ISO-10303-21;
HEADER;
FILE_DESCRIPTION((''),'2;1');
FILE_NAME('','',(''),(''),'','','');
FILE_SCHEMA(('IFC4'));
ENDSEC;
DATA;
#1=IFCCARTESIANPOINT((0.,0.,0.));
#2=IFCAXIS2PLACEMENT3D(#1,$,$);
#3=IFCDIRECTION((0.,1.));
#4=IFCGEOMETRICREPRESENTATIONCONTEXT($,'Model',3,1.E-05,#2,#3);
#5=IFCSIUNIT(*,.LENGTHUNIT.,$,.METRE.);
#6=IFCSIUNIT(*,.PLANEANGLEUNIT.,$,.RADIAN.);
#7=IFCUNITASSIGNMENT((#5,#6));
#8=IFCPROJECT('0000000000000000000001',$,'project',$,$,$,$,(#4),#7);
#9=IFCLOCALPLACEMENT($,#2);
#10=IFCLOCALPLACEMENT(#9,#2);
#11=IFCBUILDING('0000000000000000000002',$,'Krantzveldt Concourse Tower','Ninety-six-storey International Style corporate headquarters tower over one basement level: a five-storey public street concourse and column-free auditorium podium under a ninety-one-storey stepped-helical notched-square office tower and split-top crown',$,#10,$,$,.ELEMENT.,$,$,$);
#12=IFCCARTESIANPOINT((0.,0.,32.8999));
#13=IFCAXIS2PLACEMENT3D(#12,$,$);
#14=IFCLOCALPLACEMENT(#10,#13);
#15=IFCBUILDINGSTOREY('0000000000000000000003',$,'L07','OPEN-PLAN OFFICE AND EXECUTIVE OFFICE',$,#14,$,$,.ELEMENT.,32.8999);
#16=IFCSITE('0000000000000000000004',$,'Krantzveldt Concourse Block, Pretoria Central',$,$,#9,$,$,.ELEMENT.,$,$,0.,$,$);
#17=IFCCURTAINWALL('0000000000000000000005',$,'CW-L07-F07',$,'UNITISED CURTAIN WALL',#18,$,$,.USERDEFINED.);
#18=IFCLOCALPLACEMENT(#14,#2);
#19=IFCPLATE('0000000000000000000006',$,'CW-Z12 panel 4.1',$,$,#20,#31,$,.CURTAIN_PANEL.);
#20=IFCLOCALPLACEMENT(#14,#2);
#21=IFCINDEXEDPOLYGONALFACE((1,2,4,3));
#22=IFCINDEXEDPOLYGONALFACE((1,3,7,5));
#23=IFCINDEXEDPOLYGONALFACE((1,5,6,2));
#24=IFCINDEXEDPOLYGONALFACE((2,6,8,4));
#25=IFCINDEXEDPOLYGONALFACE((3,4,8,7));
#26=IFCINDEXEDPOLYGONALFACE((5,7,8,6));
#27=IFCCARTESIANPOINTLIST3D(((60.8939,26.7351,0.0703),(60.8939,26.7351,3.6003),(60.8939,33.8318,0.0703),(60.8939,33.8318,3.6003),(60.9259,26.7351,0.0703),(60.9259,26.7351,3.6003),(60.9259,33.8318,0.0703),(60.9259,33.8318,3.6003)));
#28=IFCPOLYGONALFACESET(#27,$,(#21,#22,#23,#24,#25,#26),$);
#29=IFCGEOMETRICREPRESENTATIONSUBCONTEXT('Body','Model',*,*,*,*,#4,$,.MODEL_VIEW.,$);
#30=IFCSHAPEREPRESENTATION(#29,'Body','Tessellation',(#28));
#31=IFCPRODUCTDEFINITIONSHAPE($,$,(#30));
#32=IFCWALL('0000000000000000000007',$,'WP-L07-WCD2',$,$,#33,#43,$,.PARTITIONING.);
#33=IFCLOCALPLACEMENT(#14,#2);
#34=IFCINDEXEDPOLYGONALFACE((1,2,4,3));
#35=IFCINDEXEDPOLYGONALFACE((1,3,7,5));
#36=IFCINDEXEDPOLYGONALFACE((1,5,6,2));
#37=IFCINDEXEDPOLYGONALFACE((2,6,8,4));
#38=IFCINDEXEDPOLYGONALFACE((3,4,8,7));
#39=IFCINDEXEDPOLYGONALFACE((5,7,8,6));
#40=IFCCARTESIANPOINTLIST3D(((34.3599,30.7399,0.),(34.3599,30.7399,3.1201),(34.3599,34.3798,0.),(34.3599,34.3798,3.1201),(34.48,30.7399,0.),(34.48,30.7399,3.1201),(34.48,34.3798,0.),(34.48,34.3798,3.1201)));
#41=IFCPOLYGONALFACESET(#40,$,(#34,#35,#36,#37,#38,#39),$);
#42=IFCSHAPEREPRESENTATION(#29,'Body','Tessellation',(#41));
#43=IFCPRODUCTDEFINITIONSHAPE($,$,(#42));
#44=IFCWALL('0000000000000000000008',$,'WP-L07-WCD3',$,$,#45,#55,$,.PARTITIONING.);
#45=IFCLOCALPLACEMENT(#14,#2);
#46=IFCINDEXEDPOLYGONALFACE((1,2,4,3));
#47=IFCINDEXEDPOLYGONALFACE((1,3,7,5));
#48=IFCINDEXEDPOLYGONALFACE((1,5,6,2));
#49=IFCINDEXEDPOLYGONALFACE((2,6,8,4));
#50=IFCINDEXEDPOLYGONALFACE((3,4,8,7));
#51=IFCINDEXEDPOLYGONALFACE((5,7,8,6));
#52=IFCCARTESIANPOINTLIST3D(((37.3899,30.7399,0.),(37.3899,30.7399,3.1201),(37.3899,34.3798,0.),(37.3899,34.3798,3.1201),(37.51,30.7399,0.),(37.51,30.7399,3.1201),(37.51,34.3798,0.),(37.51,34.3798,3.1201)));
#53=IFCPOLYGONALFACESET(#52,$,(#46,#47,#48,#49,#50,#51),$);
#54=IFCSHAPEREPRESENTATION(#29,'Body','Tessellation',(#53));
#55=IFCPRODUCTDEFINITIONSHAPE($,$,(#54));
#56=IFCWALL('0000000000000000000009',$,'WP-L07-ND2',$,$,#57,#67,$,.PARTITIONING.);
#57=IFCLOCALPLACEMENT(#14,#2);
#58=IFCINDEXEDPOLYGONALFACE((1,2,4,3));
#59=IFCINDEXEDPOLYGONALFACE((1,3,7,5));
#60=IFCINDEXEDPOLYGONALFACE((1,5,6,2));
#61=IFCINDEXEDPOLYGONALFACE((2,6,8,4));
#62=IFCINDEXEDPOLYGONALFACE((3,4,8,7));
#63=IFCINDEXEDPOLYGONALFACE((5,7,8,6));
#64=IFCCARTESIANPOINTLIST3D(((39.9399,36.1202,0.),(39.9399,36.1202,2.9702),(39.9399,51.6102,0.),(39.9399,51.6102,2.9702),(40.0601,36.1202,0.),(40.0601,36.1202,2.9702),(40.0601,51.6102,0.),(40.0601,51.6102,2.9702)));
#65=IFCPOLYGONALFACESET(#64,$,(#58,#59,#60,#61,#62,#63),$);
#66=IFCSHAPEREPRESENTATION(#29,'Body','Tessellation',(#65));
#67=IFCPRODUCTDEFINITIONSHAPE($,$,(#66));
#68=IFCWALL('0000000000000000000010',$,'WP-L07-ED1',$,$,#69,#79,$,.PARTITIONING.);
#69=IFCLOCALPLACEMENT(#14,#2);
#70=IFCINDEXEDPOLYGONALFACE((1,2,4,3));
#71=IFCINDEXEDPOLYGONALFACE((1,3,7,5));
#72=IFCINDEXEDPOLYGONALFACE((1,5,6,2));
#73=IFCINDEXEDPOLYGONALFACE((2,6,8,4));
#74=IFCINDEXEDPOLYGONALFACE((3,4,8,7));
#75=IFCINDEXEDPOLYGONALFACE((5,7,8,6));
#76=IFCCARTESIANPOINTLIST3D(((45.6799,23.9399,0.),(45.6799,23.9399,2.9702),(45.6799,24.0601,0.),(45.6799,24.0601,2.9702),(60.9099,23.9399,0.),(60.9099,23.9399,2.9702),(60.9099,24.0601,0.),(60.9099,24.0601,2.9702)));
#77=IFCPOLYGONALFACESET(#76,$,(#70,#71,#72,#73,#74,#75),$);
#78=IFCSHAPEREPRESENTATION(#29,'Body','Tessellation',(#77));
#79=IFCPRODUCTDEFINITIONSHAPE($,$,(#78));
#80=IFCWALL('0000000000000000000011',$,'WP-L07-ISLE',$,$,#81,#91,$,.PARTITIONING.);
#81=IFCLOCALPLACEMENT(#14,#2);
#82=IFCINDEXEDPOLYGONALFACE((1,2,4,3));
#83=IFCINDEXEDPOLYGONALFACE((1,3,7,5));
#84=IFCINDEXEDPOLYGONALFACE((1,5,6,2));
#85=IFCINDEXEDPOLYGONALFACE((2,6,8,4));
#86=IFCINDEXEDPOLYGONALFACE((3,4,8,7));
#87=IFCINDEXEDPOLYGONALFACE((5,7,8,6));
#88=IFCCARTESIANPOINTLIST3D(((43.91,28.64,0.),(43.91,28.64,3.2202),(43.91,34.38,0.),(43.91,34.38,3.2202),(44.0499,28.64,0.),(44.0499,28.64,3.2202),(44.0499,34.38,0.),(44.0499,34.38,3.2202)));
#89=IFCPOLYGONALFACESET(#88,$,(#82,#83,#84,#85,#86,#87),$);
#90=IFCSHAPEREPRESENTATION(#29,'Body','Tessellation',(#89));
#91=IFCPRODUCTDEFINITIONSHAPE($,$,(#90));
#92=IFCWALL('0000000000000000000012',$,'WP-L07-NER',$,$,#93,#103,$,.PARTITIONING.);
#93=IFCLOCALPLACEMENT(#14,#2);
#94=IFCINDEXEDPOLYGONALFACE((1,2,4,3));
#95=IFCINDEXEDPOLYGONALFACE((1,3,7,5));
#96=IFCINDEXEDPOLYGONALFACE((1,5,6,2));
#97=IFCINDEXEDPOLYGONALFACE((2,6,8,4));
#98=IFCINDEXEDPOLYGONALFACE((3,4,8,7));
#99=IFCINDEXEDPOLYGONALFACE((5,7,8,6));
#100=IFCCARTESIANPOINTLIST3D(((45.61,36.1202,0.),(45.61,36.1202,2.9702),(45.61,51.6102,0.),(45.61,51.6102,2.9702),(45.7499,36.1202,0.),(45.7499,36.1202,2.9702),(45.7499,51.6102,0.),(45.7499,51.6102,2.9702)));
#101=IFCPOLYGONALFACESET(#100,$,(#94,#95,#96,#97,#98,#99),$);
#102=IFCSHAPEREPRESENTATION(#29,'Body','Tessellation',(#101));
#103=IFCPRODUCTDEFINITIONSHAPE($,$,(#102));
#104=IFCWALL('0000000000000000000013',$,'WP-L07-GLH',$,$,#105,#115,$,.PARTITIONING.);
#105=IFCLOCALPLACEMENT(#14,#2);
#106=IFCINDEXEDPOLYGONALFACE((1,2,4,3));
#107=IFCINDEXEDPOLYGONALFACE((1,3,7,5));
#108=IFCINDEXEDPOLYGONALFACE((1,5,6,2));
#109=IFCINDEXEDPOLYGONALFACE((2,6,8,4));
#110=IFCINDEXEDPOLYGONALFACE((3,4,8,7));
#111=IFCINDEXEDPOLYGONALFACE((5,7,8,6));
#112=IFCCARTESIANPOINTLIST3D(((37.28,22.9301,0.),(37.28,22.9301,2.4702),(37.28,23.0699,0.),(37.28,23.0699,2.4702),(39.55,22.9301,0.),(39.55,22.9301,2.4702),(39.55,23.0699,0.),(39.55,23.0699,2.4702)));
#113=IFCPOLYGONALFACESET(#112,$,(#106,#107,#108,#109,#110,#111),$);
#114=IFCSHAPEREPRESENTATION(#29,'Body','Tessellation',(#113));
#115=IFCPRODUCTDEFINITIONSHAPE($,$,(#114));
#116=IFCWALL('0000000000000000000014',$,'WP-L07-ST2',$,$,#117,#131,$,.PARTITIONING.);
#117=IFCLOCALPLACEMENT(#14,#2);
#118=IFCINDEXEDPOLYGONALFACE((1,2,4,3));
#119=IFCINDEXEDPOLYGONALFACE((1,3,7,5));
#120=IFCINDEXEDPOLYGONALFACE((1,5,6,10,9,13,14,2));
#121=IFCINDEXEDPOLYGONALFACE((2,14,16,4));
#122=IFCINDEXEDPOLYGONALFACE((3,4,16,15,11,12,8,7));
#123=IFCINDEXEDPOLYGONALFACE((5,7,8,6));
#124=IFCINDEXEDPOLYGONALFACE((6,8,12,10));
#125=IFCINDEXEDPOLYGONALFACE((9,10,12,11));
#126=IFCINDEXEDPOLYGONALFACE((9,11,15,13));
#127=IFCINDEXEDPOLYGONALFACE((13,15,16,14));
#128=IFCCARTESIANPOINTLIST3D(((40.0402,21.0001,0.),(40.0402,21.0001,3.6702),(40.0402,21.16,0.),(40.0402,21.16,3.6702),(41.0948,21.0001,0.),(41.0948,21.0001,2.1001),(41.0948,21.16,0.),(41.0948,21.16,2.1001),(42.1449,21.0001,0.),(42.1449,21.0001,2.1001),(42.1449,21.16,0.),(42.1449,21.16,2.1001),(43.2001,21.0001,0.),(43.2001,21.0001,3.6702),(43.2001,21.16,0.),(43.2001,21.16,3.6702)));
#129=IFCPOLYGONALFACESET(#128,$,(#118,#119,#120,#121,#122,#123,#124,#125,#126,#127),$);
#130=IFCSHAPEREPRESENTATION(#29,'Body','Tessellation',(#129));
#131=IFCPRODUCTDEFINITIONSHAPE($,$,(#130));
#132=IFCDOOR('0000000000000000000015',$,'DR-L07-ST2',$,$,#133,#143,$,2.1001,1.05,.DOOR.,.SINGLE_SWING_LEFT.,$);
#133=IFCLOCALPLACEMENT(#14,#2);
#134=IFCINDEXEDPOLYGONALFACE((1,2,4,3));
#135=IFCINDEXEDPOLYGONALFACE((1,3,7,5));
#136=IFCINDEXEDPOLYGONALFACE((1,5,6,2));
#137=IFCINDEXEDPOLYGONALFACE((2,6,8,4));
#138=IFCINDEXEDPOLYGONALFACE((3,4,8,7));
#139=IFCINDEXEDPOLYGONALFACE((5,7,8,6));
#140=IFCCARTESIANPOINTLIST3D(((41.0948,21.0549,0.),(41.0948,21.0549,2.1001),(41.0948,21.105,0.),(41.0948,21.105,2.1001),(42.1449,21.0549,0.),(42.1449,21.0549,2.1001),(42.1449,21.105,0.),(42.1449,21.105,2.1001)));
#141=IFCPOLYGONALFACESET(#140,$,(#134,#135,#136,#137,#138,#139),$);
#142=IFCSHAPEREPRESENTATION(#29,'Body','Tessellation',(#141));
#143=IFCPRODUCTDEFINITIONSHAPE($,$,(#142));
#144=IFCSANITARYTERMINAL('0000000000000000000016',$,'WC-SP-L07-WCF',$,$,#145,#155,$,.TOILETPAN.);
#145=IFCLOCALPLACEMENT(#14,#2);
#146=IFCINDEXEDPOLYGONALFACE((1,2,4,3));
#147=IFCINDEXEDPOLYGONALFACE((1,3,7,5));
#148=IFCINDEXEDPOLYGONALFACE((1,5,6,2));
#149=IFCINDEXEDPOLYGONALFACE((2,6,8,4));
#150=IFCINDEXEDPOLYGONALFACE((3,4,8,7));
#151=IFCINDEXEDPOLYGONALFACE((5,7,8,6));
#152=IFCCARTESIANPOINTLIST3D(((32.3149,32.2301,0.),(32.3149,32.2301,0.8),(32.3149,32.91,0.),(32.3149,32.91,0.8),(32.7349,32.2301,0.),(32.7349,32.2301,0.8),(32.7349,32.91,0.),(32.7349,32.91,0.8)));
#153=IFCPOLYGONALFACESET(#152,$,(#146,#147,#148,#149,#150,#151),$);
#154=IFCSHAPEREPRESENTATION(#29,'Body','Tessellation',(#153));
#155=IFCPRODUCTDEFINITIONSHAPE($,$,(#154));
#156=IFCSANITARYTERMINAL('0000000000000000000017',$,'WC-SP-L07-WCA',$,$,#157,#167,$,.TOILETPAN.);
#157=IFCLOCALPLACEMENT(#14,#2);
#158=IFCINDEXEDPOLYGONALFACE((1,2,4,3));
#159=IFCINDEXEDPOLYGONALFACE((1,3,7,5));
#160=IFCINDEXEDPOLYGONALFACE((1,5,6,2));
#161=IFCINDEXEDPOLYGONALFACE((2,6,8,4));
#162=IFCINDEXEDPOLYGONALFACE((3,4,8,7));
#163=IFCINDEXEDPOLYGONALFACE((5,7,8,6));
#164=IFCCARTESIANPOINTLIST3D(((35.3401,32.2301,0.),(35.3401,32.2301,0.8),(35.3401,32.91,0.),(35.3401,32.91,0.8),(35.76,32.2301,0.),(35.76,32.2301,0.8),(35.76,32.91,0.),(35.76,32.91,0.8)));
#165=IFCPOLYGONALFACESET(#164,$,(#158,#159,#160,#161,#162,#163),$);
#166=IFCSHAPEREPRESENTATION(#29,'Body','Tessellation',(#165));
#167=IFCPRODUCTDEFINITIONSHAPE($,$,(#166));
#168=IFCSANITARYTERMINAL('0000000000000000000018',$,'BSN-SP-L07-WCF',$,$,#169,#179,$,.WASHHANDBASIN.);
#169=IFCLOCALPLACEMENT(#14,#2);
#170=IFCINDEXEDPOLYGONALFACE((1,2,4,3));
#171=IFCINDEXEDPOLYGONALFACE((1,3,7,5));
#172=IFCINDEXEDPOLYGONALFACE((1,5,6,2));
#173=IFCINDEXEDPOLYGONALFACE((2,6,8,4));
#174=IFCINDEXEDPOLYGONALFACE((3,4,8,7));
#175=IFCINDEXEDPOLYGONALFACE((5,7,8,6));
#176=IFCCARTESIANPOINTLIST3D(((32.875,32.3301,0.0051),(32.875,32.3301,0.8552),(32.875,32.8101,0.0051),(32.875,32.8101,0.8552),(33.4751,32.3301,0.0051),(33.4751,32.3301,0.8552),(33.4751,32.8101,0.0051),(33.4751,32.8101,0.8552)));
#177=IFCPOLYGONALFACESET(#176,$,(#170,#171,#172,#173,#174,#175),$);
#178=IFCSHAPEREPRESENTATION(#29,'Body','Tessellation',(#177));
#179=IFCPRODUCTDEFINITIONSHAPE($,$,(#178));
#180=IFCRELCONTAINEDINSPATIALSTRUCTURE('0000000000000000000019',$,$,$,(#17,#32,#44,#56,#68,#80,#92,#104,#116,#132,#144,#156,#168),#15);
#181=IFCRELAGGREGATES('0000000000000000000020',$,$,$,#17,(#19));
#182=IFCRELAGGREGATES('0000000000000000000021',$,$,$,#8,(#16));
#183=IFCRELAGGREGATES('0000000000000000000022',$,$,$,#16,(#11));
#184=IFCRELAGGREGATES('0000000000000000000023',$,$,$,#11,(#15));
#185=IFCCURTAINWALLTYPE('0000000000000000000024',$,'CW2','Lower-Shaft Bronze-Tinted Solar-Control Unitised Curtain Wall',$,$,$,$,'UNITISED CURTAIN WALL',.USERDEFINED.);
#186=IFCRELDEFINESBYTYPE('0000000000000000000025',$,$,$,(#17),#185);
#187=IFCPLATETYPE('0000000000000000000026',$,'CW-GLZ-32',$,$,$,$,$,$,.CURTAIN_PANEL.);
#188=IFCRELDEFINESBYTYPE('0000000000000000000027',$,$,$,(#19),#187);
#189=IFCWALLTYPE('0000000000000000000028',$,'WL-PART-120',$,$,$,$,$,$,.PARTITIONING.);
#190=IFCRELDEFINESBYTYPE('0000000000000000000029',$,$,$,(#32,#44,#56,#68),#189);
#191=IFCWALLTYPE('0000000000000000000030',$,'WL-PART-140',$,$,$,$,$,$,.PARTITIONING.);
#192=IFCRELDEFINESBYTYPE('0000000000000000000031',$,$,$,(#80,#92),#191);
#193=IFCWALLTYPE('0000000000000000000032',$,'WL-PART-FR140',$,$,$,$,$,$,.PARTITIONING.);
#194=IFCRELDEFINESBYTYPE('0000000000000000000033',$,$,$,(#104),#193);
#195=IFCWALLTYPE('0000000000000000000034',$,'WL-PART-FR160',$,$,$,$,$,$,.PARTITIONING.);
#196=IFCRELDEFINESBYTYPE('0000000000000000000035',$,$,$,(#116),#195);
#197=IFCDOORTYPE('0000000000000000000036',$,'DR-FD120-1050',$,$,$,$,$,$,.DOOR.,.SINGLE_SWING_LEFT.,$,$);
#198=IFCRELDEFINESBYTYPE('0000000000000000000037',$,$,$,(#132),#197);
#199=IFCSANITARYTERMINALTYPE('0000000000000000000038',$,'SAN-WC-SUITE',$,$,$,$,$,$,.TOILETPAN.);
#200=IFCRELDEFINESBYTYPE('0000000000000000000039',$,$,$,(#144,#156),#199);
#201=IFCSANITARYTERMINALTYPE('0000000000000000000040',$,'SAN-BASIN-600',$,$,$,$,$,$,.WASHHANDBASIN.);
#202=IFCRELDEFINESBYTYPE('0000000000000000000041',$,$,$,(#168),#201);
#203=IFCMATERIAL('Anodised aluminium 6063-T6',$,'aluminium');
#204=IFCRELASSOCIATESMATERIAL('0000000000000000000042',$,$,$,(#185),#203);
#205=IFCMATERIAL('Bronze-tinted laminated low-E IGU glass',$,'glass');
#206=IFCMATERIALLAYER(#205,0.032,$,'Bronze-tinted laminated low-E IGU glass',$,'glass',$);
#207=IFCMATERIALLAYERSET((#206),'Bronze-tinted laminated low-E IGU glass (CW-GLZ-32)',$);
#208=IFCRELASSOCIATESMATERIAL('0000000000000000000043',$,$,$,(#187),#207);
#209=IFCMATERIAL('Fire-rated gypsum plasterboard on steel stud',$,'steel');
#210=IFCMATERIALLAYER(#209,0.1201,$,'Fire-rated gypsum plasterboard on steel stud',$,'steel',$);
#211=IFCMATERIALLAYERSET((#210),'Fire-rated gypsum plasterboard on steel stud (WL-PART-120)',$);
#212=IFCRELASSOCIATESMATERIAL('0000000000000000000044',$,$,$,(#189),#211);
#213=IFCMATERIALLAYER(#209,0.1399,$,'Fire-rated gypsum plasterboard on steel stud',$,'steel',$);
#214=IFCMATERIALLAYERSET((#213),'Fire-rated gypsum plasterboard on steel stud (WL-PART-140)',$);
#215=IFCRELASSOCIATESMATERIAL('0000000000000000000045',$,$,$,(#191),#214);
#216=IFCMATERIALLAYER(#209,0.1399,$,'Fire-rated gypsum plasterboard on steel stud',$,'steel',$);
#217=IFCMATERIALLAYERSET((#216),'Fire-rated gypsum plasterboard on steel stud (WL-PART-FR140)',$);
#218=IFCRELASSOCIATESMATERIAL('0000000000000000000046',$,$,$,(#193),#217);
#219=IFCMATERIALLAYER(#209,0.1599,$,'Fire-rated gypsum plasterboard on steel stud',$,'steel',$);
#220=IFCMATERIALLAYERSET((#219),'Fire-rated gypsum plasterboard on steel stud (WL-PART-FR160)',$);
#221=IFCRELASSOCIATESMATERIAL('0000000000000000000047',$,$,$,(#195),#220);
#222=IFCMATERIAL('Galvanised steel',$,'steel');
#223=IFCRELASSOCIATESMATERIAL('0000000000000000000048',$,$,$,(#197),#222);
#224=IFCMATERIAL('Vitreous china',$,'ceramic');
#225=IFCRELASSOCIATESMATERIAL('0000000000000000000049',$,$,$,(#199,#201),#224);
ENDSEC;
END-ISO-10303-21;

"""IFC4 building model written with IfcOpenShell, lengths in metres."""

from ifc_helpers import new_model, si_unit, direction, frame, frame_2d, origin, origin_2d, place, context, subcontext, project, spatial, rectangle, extrude, source, transform, mapped, material, layer, layer_set, type_object, type_shapes, element, fill, aggregate, save


model = new_model("IFC4")

# Units and contexts
model_context = context("Model", 3, precision=1e-05, world=origin(), true_north=direction((0.0, 1.0)))
body_context = subcontext(model_context, "Body", "Model", "MODEL_VIEW")
ifc_project = project(units=[si_unit("LENGTHUNIT", "METRE"), si_unit("PLANEANGLEUNIT", "RADIAN")], contexts=[model_context])

# Site, building, storey
site_placement = place(None, origin())
site = spatial("IfcSite", under=ifc_project, at=site_placement, Name="Krantzveldt Concourse Block, Pretoria Central", CompositionType="ELEMENT", RefElevation=0.0)
building_placement = place(site_placement, origin())
building = spatial("IfcBuilding", under=site, at=building_placement, Name="Krantzveldt Concourse Tower", Description="Ninety-six-storey International Style corporate headquarters tower over one basement level: a five-storey public street concourse and column-free auditorium podium under a ninety-one-storey stepped-helical notched-square office tower and split-top crown", CompositionType="ELEMENT")
storey_placement = place(building_placement, frame((0.0, 0.0, 32.8999)))
storey = spatial("IfcBuildingStorey", under=building, at=storey_placement, Name="L07", Description="OPEN-PLAN OFFICE AND EXECUTIVE OFFICE", CompositionType="ELEMENT", Elevation=32.8999)

# Curtain wall, plate
ifc_material_1 = material(Name="Anodised aluminium 6063-T6", Category="aluminium")
curtain_wall_type = type_object("IfcCurtainWallType", Name="CW2", Description="Lower-Shaft Bronze-Tinted Solar-Control Unitised Curtain Wall", ElementType="UNITISED CURTAIN WALL", PredefinedType="USERDEFINED", material=ifc_material_1)
curtain_wall_placement = place(storey_placement, origin())
curtain_wall = element("IfcCurtainWall", 1, at=curtain_wall_placement, inside=storey, type_object=curtain_wall_type, Name="CW-L07-F07", ObjectType="UNITISED CURTAIN WALL", PredefinedType="USERDEFINED")
ifc_material_2 = material(Name="Bronze-tinted laminated low-E IGU glass", Category="glass")
ifc_layer_1 = layer(ifc_material_2, 0.032, Name="Bronze-tinted laminated low-E IGU glass", Category="glass")
ifc_layer_set_1 = layer_set([ifc_layer_1], Name="Bronze-tinted laminated low-E IGU glass (CW-GLZ-32)")
plate_type = type_object("IfcPlateType", Name="CW-GLZ-32", PredefinedType="CURTAIN_PANEL", material=ifc_layer_set_1)
shared_shape_1 = source(origin(), body_context, "Body", "SweptSolid", [
    extrude(rectangle(XDim=7.0967, YDim=0.032, at=origin_2d()), origin(), (0.0, 0.0, 1.0), 3.53),
])
type_shapes(plate_type, [shared_shape_1])
plate_1_placement = place(storey_placement, frame((60.9099, 30.2834, 0.0703), z_axis=(0.0, 0.0, 1.0), x_axis=(0.0, 1.0, 0.0)))
plate_1 = element("IfcPlate", 2, at=plate_1_placement, type_object=plate_type, Name="CW-Z12 panel 4.1", PredefinedType="CURTAIN_PANEL", context=body_context, shape_type="MappedRepresentation", body=[
    mapped(shared_shape_1, transform((0.0, 0.0, 0.0), x_axis=(1.0, 0.0, 0.0), y_axis=(0.0, 1.0, 0.0), z_axis=(0.0, 0.0, 1.0), scale=1.0)),
])
aggregate(curtain_wall, [plate_1])

# Walls
ifc_material_3 = material(Name="Fire-rated gypsum plasterboard on steel stud", Category="steel")
ifc_layer_2 = layer(ifc_material_3, 0.1201, Name="Fire-rated gypsum plasterboard on steel stud", Category="steel")
ifc_layer_set_2 = layer_set([ifc_layer_2], Name="Fire-rated gypsum plasterboard on steel stud (WL-PART-120)")
wall_type_1 = type_object("IfcWallType", Name="WL-PART-120", PredefinedType="PARTITIONING", material=ifc_layer_set_2)
for number, where, z_axis, x_axis, name in (
    (3, (34.4199, 30.74, 0.0), (0.0, 0.0, 1.0), (0.0, 1.0, 0.0), "WP-L07-WCD2"),
    (4, (37.45, 30.74, 0.0), (0.0, 0.0, 1.0), (0.0, 1.0, 0.0), "WP-L07-WCD3"),
):
    element("IfcWall", number, at=place(storey_placement, frame(where, z_axis=z_axis, x_axis=x_axis)), inside=storey, type_object=wall_type_1, Name=name, PredefinedType="PARTITIONING", context=body_context, shape_type="SweptSolid", body=[
        extrude(rectangle(XDim=3.6399, YDim=0.1201, at=frame_2d((1.8198, 0.0))), origin(), (0.0, 0.0, 1.0), 3.1201),
    ])
wall_1_placement = place(storey_placement, frame((40.0, 36.1201, 0.0), z_axis=(0.0, 0.0, 1.0), x_axis=(0.0, 1.0, 0.0)))
element("IfcWall", 5, at=wall_1_placement, inside=storey, type_object=wall_type_1, Name="WP-L07-ND2", PredefinedType="PARTITIONING", context=body_context, shape_type="SweptSolid", body=[
    extrude(rectangle(XDim=15.49, YDim=0.1201, at=frame_2d((7.7451, 0.0))), origin(), (0.0, 0.0, 1.0), 2.9702),
])
wall_2_placement = place(storey_placement, frame((45.6799, 24.0, 0.0), z_axis=(0.0, 0.0, 1.0), x_axis=(1.0, 0.0, 0.0)))
element("IfcWall", 6, at=wall_2_placement, inside=storey, type_object=wall_type_1, Name="WP-L07-ED1", PredefinedType="PARTITIONING", context=body_context, shape_type="SweptSolid", body=[
    extrude(rectangle(XDim=15.23, YDim=0.1201, at=frame_2d((7.615, 0.0))), origin(), (0.0, 0.0, 1.0), 2.9702),
])
ifc_layer_3 = layer(ifc_material_3, 0.1399, Name="Fire-rated gypsum plasterboard on steel stud", Category="steel")
ifc_layer_set_3 = layer_set([ifc_layer_3], Name="Fire-rated gypsum plasterboard on steel stud (WL-PART-140)")
wall_type_2 = type_object("IfcWallType", Name="WL-PART-140", PredefinedType="PARTITIONING", material=ifc_layer_set_3)
wall_3_placement = place(storey_placement, frame((43.98, 28.6399, 0.0), z_axis=(0.0, 0.0, 1.0), x_axis=(0.0, 1.0, 0.0)))
element("IfcWall", 7, at=wall_3_placement, inside=storey, type_object=wall_type_2, Name="WP-L07-ISLE", PredefinedType="PARTITIONING", context=body_context, shape_type="SweptSolid", body=[
    extrude(rectangle(XDim=5.74, YDim=0.1399, at=frame_2d((2.8701, 0.0))), origin(), (0.0, 0.0, 1.0), 3.2202),
])
wall_4_placement = place(storey_placement, frame((45.6799, 36.1201, 0.0), z_axis=(0.0, 0.0, 1.0), x_axis=(0.0, 1.0, 0.0)))
element("IfcWall", 8, at=wall_4_placement, inside=storey, type_object=wall_type_2, Name="WP-L07-NER", PredefinedType="PARTITIONING", context=body_context, shape_type="SweptSolid", body=[
    extrude(rectangle(XDim=15.49, YDim=0.1399, at=frame_2d((7.7451, 0.0))), origin(), (0.0, 0.0, 1.0), 2.9702),
])

# Shared definitions
ifc_layer_4 = layer(ifc_material_3, 0.1399, Name="Fire-rated gypsum plasterboard on steel stud", Category="steel")
ifc_layer_set_4 = layer_set([ifc_layer_4], Name="Fire-rated gypsum plasterboard on steel stud (WL-PART-FR140)")
wall_type_3 = type_object("IfcWallType", Name="WL-PART-FR140", PredefinedType="PARTITIONING", material=ifc_layer_set_4)

# Wall
wall_5_placement = place(storey_placement, frame((37.28, 23.0, 0.0), z_axis=(0.0, 0.0, 1.0), x_axis=(1.0, 0.0, 0.0)))
element("IfcWall", 9, at=wall_5_placement, inside=storey, type_object=wall_type_3, Name="WP-L07-GLH", PredefinedType="PARTITIONING", context=body_context, shape_type="SweptSolid", body=[
    extrude(rectangle(XDim=2.27, YDim=0.1399, at=frame_2d((1.135, 0.0))), origin(), (0.0, 0.0, 1.0), 2.4702),
])

# Wall, opening, door
ifc_layer_5 = layer(ifc_material_3, 0.1599, Name="Fire-rated gypsum plasterboard on steel stud", Category="steel")
ifc_layer_set_5 = layer_set([ifc_layer_5], Name="Fire-rated gypsum plasterboard on steel stud (WL-PART-FR160)")
wall_type_4 = type_object("IfcWallType", Name="WL-PART-FR160", PredefinedType="PARTITIONING", material=ifc_layer_set_5)
wall_6_placement = place(storey_placement, frame((40.04, 21.0801, 0.0), z_axis=(0.0, 0.0, 1.0), x_axis=(1.0, 0.0, 0.0)))
wall_6 = element("IfcWall", 10, at=wall_6_placement, inside=storey, type_object=wall_type_4, Name="WP-L07-ST2", PredefinedType="PARTITIONING", context=body_context, shape_type="SweptSolid", body=[
    extrude(rectangle(XDim=3.1599, YDim=0.1599, at=frame_2d((1.5801, 0.0))), origin(), (0.0, 0.0, 1.0), 3.6702),
])
opening_1_placement = place(wall_6_placement, frame((1.0549, 0.0, 0.0)))
opening_1 = element("IfcOpeningElement", 11, at=opening_1_placement, cuts=wall_6, PredefinedType="OPENING", context=body_context, shape_type="SweptSolid", body=[
    extrude(rectangle(XDim=1.05, YDim=2.1001, at=frame_2d((0.5249, 1.05))), frame((0.0, 0.0898, 0.0), z_axis=(0.0, -1.0, 0.0), x_axis=(1.0, 0.0, 0.0)), (0.0, 0.0, 1.0), 0.1799),
])
ifc_material_4 = material(Name="Galvanised steel", Category="steel")
door_type_1 = type_object("IfcDoorType", Name="DR-FD120-1050", OperationType="SINGLE_SWING_LEFT", PredefinedType="DOOR", material=ifc_material_4)
door_1_placement = place(opening_1_placement, origin())
door_1 = element("IfcDoor", 12, at=door_1_placement, inside=storey, type_object=door_type_1, Name="DR-L07-ST2", OperationType="SINGLE_SWING_LEFT", OverallHeight=2.1001, OverallWidth=1.05, PredefinedType="DOOR", context=body_context, shape_type="SweptSolid", body=[
    extrude(rectangle(XDim=1.05, YDim=2.1001, at=frame_2d((0.5249, 1.05))), frame((0.0, 0.0249, 0.0), z_axis=(0.0, -1.0, 0.0), x_axis=(1.0, 0.0, 0.0)), (0.0, 0.0, 1.0), 0.05),
])
fill(opening_1, door_1)

# Sanitary terminals
ifc_material_5 = material(Name="Vitreous china", Category="ceramic")
sanitary_terminal_type_1 = type_object("IfcSanitaryTerminalType", Name="SAN-WC-SUITE", PredefinedType="TOILETPAN", material=ifc_material_5)
shared_shape_2 = source(origin(), body_context, "Body", "SweptSolid", [
    extrude(rectangle(XDim=0.4199, YDim=0.6799, at=origin_2d()), origin(), (0.0, 0.0, 1.0), 0.8),
])
type_shapes(sanitary_terminal_type_1, [shared_shape_2])
for number, where, z_axis, x_axis, name in (
    (13, (32.5249, 32.5701, 0.0), (0.0, 0.0, 1.0), (1.0, 0.0, 0.0), "WC-SP-L07-WCF"),
    (14, (35.55, 32.5701, 0.0), (0.0, 0.0, 1.0), (1.0, 0.0, 0.0), "WC-SP-L07-WCA"),
):
    element("IfcSanitaryTerminal", number, at=place(storey_placement, frame(where, z_axis=z_axis, x_axis=x_axis)), inside=storey, type_object=sanitary_terminal_type_1, Name=name, PredefinedType="TOILETPAN", context=body_context, shape_type="MappedRepresentation", body=[
        mapped(shared_shape_2, transform((0.0, 0.0, 0.0), x_axis=(1.0, 0.0, 0.0), y_axis=(0.0, 1.0, 0.0), z_axis=(0.0, 0.0, 1.0), scale=1.0)),
    ])
sanitary_terminal_type_2 = type_object("IfcSanitaryTerminalType", Name="SAN-BASIN-600", PredefinedType="WASHHANDBASIN", material=ifc_material_5)
shared_shape_3 = source(origin(), body_context, "Body", "SweptSolid", [
    extrude(rectangle(XDim=0.6001, YDim=0.48, at=origin_2d()), origin(), (0.0, 0.0, 1.0), 0.8501),
])
type_shapes(sanitary_terminal_type_2, [shared_shape_3])
for number, where, z_axis, x_axis, name in (
    (15, (33.175, 32.5701, 0.0051), (0.0, 0.0, 1.0), (1.0, 0.0, 0.0), "BSN-SP-L07-WCF"),
):
    element("IfcSanitaryTerminal", number, at=place(storey_placement, frame(where, z_axis=z_axis, x_axis=x_axis)), inside=storey, type_object=sanitary_terminal_type_2, Name=name, PredefinedType="WASHHANDBASIN", context=body_context, shape_type="MappedRepresentation", body=[
        mapped(shared_shape_3, transform((0.0, 0.0, 0.0), x_axis=(1.0, 0.0, 0.0), y_axis=(0.0, 1.0, 0.0), z_axis=(0.0, 0.0, 1.0), scale=1.0)),
    ])

save(model, "model.ifc")
